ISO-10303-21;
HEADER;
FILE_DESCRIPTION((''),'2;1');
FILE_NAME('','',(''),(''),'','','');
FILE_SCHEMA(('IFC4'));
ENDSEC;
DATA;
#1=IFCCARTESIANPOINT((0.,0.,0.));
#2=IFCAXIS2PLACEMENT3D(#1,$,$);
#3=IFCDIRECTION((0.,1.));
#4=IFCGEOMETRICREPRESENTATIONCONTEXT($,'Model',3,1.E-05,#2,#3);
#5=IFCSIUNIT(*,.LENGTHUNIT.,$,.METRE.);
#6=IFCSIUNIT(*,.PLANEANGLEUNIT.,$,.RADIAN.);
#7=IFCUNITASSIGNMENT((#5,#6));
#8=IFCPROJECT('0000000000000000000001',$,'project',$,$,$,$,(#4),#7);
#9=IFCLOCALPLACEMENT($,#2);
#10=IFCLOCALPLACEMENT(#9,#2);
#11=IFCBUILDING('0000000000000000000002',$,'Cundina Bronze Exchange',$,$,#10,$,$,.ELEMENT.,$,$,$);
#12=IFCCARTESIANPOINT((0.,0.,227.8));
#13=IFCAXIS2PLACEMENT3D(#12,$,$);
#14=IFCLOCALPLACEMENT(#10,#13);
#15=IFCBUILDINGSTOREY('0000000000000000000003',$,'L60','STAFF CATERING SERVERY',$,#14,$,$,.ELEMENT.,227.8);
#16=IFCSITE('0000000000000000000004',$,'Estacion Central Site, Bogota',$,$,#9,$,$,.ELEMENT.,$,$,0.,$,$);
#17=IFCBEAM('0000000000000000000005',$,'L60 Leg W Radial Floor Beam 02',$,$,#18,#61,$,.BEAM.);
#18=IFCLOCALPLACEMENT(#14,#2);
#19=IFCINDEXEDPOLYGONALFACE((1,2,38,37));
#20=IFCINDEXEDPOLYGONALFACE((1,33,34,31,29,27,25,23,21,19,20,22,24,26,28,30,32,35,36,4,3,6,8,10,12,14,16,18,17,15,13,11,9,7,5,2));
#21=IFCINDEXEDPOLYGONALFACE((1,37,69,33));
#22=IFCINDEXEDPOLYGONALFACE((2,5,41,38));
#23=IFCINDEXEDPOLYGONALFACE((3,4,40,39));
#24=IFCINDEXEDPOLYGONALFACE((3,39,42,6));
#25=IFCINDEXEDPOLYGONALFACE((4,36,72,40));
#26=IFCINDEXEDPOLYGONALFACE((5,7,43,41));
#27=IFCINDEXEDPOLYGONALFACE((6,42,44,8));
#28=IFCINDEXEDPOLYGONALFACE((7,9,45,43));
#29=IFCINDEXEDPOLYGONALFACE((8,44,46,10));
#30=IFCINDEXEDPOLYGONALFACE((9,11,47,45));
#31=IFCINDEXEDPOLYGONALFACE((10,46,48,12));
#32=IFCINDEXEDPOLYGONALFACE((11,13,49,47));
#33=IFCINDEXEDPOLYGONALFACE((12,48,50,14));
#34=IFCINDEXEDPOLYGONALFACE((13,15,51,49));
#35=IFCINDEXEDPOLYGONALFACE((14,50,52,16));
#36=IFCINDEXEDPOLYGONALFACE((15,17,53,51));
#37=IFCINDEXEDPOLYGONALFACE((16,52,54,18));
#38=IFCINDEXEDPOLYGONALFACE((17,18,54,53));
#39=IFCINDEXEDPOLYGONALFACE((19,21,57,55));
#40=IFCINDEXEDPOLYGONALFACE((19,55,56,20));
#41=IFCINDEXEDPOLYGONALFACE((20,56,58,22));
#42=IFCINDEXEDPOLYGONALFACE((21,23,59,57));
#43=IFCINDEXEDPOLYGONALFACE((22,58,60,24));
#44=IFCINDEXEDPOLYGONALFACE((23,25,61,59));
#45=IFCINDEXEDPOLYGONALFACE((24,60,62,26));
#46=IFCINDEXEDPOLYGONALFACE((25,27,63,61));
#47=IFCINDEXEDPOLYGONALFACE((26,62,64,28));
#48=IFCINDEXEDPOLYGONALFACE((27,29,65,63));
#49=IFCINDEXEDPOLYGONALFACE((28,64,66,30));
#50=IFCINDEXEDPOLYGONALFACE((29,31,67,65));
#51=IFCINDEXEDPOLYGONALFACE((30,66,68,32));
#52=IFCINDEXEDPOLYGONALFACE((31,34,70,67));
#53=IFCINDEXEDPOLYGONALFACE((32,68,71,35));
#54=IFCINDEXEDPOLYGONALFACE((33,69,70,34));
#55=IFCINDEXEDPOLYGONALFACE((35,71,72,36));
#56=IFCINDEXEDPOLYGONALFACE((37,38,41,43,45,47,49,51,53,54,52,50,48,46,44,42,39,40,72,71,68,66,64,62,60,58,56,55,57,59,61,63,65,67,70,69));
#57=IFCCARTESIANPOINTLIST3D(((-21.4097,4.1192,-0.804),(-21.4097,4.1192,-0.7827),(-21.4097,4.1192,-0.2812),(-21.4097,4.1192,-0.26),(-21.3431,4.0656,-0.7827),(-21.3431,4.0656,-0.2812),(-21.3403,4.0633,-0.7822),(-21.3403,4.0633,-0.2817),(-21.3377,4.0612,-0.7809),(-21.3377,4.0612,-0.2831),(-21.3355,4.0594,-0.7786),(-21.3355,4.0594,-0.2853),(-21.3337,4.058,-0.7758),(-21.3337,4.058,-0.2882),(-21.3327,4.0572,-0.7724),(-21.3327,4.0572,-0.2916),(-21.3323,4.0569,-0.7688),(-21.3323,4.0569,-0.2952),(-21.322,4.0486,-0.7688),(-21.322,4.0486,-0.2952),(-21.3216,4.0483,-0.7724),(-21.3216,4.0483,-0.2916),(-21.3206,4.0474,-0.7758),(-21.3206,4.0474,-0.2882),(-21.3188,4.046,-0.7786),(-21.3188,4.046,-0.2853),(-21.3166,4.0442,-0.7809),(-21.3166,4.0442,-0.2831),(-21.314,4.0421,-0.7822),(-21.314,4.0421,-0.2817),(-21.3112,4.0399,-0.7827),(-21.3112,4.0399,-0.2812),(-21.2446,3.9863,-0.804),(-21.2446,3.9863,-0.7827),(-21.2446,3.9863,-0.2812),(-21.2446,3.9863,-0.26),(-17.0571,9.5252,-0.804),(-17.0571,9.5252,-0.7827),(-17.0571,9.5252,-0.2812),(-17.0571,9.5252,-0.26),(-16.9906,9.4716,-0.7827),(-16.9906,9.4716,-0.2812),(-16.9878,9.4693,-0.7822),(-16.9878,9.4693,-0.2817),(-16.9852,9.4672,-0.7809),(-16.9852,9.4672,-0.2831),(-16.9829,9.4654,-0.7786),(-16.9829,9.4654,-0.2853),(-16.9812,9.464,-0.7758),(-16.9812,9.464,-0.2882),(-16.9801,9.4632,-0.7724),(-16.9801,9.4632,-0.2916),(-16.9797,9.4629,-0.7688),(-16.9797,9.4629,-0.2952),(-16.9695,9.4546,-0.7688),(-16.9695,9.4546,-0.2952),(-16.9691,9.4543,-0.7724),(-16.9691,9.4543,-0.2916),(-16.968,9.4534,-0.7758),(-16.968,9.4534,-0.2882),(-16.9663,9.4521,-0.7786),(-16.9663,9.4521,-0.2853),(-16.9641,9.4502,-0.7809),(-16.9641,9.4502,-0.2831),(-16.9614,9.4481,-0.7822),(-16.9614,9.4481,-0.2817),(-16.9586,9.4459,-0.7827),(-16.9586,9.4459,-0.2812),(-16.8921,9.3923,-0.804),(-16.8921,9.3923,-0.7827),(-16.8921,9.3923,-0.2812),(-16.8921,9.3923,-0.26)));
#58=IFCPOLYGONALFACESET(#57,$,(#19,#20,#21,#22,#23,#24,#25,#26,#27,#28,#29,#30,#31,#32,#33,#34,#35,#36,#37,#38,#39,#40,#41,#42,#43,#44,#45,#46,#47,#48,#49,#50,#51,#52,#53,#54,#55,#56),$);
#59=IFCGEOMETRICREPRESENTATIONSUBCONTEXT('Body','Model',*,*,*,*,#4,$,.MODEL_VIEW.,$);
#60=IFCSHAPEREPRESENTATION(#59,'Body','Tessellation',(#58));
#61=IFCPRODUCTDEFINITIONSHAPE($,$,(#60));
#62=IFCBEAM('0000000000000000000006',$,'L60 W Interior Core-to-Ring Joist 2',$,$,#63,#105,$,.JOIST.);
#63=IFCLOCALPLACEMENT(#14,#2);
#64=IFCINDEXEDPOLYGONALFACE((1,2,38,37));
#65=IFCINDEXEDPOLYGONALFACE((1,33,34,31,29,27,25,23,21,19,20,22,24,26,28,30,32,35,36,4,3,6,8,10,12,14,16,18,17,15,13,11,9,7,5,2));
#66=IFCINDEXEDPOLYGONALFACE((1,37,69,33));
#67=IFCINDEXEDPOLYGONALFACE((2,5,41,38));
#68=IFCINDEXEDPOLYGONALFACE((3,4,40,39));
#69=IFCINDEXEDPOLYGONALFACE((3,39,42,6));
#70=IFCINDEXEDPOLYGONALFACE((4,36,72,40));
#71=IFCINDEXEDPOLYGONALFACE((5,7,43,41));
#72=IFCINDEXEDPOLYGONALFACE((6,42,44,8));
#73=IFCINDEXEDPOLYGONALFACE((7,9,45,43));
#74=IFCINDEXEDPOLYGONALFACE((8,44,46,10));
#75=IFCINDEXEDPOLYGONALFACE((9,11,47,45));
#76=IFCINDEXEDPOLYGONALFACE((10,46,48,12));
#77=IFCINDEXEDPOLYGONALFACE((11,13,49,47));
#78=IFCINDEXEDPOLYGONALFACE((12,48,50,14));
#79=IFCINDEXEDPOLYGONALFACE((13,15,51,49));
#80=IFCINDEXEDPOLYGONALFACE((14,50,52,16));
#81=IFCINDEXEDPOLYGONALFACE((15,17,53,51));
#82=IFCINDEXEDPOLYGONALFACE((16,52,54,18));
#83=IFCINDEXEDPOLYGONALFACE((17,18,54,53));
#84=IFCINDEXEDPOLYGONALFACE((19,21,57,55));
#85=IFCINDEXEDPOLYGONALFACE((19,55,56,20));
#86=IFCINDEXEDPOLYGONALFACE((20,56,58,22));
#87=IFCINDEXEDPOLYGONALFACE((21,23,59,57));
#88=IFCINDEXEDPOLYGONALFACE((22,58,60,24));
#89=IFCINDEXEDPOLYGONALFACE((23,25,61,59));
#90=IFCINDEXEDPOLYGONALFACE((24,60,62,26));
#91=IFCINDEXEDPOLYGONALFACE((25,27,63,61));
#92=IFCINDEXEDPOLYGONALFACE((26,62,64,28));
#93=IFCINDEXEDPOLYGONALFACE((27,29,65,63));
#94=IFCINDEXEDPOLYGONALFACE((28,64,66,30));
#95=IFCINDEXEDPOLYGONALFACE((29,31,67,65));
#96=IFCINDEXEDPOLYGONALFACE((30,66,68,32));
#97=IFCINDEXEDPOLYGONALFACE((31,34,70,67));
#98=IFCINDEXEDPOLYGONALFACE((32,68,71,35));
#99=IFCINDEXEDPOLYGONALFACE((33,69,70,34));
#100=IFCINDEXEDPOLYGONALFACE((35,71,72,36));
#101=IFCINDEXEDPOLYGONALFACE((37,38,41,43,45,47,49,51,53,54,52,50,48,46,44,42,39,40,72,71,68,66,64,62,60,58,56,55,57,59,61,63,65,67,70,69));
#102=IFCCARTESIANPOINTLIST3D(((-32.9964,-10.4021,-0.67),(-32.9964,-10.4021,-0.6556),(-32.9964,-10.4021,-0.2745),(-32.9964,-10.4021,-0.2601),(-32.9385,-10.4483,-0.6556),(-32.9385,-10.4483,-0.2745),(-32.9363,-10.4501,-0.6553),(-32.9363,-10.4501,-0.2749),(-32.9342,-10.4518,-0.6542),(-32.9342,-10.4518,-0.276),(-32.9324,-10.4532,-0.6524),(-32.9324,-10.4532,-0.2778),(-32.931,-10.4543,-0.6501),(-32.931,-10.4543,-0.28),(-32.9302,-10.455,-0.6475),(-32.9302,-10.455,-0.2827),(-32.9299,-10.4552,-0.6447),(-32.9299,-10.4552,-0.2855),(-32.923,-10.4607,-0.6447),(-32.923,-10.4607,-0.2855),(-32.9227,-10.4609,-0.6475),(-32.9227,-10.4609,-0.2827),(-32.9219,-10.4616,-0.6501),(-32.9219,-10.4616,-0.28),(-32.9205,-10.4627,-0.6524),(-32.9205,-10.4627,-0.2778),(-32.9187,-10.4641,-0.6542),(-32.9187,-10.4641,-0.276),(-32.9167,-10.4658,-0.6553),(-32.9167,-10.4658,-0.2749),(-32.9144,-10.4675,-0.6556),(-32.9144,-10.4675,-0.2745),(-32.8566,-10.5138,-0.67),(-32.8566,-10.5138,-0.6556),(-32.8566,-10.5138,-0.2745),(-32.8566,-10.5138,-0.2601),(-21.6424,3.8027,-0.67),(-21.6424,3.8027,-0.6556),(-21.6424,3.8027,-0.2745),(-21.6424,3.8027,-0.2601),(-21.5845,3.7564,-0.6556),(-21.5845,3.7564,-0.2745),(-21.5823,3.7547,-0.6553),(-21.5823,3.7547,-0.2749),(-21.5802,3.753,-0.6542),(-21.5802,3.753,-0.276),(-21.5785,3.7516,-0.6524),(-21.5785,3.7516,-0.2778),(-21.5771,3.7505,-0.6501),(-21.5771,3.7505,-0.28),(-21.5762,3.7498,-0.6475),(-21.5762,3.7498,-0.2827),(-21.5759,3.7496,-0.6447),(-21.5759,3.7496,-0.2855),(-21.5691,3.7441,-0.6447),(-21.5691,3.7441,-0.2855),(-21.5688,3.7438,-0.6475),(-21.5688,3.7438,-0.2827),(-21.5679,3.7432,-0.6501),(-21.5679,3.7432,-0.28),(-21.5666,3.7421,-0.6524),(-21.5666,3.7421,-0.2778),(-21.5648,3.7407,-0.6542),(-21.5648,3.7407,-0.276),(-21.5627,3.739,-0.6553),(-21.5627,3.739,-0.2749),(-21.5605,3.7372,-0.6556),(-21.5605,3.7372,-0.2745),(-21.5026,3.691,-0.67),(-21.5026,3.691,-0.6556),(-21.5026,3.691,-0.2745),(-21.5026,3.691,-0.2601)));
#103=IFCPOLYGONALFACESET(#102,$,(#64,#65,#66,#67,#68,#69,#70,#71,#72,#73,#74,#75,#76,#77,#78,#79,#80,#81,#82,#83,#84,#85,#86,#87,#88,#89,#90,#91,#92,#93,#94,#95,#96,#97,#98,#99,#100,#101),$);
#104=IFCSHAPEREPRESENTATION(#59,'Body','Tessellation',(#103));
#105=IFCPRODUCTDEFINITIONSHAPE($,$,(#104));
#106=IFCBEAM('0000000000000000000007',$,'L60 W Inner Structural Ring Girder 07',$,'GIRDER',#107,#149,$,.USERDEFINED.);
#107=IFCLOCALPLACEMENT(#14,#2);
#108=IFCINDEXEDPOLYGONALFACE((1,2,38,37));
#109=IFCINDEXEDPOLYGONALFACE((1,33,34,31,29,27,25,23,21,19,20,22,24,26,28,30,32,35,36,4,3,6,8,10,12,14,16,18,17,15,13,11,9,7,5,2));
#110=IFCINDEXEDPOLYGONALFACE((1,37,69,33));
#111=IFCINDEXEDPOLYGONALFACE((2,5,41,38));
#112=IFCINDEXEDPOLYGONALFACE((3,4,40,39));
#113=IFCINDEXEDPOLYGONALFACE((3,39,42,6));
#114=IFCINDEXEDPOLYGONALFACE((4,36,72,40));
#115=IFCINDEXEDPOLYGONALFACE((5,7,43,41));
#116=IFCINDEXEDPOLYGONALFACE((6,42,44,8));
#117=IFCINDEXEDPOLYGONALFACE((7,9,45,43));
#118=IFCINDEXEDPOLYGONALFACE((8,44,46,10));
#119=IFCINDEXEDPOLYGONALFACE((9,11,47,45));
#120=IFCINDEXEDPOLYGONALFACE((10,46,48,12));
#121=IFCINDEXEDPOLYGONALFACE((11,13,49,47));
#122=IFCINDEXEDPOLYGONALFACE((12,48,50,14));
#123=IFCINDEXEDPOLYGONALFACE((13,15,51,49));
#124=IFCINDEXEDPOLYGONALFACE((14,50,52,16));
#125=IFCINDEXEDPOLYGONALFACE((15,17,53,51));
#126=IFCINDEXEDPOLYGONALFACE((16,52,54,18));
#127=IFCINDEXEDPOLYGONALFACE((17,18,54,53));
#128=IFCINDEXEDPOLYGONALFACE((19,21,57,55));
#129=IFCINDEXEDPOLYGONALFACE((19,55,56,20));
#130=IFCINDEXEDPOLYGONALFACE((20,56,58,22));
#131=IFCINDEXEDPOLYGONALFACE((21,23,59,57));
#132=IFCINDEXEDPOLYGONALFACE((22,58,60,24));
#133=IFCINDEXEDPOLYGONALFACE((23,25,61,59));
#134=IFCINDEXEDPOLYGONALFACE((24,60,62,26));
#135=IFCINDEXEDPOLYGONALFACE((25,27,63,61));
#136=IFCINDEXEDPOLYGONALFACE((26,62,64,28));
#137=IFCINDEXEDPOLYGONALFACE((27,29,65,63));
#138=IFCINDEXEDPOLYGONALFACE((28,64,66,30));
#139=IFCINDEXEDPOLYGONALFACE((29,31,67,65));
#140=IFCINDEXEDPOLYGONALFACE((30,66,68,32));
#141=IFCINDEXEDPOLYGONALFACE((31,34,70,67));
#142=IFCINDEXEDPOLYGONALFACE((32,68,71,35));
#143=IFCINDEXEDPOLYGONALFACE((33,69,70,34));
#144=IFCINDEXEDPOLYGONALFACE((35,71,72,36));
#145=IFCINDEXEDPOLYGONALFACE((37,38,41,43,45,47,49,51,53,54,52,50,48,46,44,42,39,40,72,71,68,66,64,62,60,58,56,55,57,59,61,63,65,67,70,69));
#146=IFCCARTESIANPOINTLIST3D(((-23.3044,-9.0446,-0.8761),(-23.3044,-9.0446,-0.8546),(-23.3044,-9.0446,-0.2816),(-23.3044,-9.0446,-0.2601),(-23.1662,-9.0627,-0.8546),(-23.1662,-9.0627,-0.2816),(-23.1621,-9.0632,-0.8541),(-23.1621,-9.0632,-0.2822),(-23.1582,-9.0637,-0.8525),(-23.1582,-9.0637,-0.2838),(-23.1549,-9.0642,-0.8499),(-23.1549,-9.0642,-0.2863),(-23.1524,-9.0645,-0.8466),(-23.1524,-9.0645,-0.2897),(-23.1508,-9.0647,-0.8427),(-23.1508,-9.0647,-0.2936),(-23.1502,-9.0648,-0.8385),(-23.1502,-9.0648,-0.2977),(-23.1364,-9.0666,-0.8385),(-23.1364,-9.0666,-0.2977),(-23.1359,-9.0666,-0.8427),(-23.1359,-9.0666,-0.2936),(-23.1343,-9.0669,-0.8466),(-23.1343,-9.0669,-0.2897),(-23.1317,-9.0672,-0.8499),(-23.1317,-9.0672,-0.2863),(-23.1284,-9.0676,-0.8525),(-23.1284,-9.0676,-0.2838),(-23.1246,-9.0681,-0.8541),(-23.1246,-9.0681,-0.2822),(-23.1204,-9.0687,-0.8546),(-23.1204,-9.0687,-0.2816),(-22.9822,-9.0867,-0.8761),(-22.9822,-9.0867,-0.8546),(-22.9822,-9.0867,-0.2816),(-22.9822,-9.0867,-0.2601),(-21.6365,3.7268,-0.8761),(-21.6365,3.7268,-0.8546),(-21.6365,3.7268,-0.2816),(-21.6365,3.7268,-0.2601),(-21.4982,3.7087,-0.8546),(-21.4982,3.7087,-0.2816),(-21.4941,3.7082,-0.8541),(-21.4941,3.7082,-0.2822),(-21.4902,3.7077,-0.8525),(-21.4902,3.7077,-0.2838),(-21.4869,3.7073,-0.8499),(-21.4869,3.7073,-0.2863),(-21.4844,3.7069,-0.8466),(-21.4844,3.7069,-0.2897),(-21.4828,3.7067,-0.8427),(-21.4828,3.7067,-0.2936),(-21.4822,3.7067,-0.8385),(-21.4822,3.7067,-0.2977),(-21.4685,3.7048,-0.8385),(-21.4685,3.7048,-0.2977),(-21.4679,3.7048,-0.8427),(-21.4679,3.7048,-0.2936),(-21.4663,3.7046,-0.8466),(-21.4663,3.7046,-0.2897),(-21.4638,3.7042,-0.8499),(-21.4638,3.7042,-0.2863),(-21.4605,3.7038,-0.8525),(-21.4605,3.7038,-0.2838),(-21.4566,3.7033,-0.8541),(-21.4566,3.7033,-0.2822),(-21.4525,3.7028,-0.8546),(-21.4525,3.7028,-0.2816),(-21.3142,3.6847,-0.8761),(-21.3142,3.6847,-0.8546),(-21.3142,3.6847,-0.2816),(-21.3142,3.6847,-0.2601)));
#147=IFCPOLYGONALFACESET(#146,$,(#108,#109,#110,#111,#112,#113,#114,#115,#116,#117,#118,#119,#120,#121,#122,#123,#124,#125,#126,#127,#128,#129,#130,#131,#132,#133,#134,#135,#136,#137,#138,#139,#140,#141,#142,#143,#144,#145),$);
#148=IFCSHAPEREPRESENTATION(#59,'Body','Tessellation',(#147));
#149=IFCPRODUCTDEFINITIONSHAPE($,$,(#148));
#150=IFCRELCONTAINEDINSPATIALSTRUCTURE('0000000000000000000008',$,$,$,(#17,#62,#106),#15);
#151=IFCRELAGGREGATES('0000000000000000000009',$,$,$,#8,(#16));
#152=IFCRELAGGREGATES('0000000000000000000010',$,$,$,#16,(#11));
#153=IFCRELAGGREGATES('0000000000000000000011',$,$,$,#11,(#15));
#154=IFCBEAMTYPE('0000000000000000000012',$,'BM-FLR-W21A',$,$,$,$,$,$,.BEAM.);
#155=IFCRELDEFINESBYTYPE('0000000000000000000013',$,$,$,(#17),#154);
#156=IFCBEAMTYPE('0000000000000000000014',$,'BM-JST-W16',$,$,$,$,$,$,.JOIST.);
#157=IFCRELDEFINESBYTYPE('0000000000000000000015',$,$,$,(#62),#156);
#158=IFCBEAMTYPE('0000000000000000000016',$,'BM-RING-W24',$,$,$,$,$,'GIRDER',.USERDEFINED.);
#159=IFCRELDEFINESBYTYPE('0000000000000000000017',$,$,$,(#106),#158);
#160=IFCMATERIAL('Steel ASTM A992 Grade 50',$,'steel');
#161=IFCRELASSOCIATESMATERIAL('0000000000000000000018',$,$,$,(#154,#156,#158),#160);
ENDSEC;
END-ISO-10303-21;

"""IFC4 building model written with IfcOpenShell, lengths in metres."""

from ifc_helpers import new_model, si_unit, direction, frame, origin, origin_2d, place, context, subcontext, project, spatial, i_section, extrude, material, material_profile, profile_set, type_object, element, save


model = new_model("IFC4")

# Units and contexts
model_context = context("Model", 3, precision=1e-05, world=origin(), true_north=direction((0.0, 1.0)))
body_context = subcontext(model_context, "Body", "Model", "MODEL_VIEW")
ifc_project = project(units=[si_unit("LENGTHUNIT", "METRE"), si_unit("PLANEANGLEUNIT", "RADIAN")], contexts=[model_context])

# Site, building, storey
site_placement = place(None, origin())
site = spatial("IfcSite", under=ifc_project, at=site_placement, Name="Estacion Central Site, Bogota", CompositionType="ELEMENT", RefElevation=0.0)
building_placement = place(site_placement, origin())
building = spatial("IfcBuilding", under=site, at=building_placement, Name="Cundina Bronze Exchange", CompositionType="ELEMENT")
storey_placement = place(building_placement, frame((0.0, 0.0, 227.8)))
storey = spatial("IfcBuildingStorey", under=building, at=storey_placement, Name="L60", Description="STAFF CATERING SERVERY", CompositionType="ELEMENT", Elevation=227.8)

# Shared definitions
ifc_material_1 = material(Name="Steel ASTM A992 Grade 50", Category="steel")

# Beams
ifc_material_profile_1 = material_profile(ifc_material_1, i_section(OverallWidth=0.2119, OverallDepth=0.5439, WebThickness=0.0132, FlangeThickness=0.0212, FilletRadius=0.0139, at=origin_2d()), Name="W21X83", Category="steel")
ifc_profile_set_1 = profile_set([ifc_material_profile_1], Name="Steel ASTM A992 Grade 50")
beam_type_1 = type_object("IfcBeamType", Name="BM-FLR-W21A", PredefinedType="BEAM", material=ifc_profile_set_1)
beam_1_placement = place(storey_placement, frame((-21.3271, 4.0527, -0.532), z_axis=(0.627129, 0.778916, 0.0), x_axis=(-0.778916, 0.627129, 0.0)))
element("IfcBeam", 1, at=beam_1_placement, inside=storey, type_object=beam_type_1, Name="L60 Leg W Radial Floor Beam 02", PredefinedType="BEAM", context=body_context, shape_type="SweptSolid", body=[
    extrude(i_section(OverallWidth=0.2119, OverallDepth=0.5439, WebThickness=0.0132, FlangeThickness=0.0212, FilletRadius=0.0139, at=origin_2d()), origin(), (0.0, 0.0, 1.0), 6.9404),
])
ifc_material_profile_2 = material_profile(ifc_material_1, i_section(OverallWidth=0.179, OverallDepth=0.4099, WebThickness=0.0088, FlangeThickness=0.0144, FilletRadius=0.011, at=origin_2d()), Name="W16X45", Category="steel")
ifc_profile_set_2 = profile_set([ifc_material_profile_2], Name="Steel ASTM A992 Grade 50")
beam_type_2 = type_object("IfcBeamType", Name="BM-JST-W16", PredefinedType="JOIST", material=ifc_profile_set_2)
beam_2_placement = place(storey_placement, frame((-21.5725, 3.7468, -0.4651), z_axis=(-0.624364, -0.781133, 0.0), x_axis=(0.781133, -0.624364, 0.0)))
element("IfcBeam", 2, at=beam_2_placement, inside=storey, type_object=beam_type_2, Name="L60 W Interior Core-to-Ring Joist 2", PredefinedType="JOIST", context=body_context, shape_type="SweptSolid", body=[
    extrude(i_section(OverallWidth=0.179, OverallDepth=0.4099, WebThickness=0.0088, FlangeThickness=0.0144, FilletRadius=0.011, at=origin_2d()), origin(), (0.0, 0.0, 1.0), 18.1848),
])
ifc_material_profile_3 = material_profile(ifc_material_1, i_section(OverallWidth=0.325, OverallDepth=0.616, WebThickness=0.0139, FlangeThickness=0.0215, FilletRadius=0.0161, at=origin_2d()), Name="W24X117", Category="steel")
ifc_profile_set_3 = profile_set([ifc_material_profile_3], Name="Steel ASTM A992 Grade 50")
beam_type_3 = type_object("IfcBeamType", Name="BM-RING-W24", ElementType="GIRDER", PredefinedType="USERDEFINED", material=ifc_profile_set_3)
beam_3_placement = place(storey_placement, frame((-23.1433, -9.0657, -0.5681), z_axis=(0.129501, 0.991579, 0.0), x_axis=(-0.991579, 0.129501, 0.0)))
element("IfcBeam", 3, at=beam_3_placement, inside=storey, type_object=beam_type_3, Name="L60 W Inner Structural Ring Girder 07", ObjectType="GIRDER", PredefinedType="USERDEFINED", context=body_context, shape_type="SweptSolid", body=[
    extrude(i_section(OverallWidth=0.325, OverallDepth=0.616, WebThickness=0.0139, FlangeThickness=0.0215, FilletRadius=0.0161, at=origin_2d()), origin(), (0.0, 0.0, 1.0), 12.8799),
])

save(model, "model.ifc")
